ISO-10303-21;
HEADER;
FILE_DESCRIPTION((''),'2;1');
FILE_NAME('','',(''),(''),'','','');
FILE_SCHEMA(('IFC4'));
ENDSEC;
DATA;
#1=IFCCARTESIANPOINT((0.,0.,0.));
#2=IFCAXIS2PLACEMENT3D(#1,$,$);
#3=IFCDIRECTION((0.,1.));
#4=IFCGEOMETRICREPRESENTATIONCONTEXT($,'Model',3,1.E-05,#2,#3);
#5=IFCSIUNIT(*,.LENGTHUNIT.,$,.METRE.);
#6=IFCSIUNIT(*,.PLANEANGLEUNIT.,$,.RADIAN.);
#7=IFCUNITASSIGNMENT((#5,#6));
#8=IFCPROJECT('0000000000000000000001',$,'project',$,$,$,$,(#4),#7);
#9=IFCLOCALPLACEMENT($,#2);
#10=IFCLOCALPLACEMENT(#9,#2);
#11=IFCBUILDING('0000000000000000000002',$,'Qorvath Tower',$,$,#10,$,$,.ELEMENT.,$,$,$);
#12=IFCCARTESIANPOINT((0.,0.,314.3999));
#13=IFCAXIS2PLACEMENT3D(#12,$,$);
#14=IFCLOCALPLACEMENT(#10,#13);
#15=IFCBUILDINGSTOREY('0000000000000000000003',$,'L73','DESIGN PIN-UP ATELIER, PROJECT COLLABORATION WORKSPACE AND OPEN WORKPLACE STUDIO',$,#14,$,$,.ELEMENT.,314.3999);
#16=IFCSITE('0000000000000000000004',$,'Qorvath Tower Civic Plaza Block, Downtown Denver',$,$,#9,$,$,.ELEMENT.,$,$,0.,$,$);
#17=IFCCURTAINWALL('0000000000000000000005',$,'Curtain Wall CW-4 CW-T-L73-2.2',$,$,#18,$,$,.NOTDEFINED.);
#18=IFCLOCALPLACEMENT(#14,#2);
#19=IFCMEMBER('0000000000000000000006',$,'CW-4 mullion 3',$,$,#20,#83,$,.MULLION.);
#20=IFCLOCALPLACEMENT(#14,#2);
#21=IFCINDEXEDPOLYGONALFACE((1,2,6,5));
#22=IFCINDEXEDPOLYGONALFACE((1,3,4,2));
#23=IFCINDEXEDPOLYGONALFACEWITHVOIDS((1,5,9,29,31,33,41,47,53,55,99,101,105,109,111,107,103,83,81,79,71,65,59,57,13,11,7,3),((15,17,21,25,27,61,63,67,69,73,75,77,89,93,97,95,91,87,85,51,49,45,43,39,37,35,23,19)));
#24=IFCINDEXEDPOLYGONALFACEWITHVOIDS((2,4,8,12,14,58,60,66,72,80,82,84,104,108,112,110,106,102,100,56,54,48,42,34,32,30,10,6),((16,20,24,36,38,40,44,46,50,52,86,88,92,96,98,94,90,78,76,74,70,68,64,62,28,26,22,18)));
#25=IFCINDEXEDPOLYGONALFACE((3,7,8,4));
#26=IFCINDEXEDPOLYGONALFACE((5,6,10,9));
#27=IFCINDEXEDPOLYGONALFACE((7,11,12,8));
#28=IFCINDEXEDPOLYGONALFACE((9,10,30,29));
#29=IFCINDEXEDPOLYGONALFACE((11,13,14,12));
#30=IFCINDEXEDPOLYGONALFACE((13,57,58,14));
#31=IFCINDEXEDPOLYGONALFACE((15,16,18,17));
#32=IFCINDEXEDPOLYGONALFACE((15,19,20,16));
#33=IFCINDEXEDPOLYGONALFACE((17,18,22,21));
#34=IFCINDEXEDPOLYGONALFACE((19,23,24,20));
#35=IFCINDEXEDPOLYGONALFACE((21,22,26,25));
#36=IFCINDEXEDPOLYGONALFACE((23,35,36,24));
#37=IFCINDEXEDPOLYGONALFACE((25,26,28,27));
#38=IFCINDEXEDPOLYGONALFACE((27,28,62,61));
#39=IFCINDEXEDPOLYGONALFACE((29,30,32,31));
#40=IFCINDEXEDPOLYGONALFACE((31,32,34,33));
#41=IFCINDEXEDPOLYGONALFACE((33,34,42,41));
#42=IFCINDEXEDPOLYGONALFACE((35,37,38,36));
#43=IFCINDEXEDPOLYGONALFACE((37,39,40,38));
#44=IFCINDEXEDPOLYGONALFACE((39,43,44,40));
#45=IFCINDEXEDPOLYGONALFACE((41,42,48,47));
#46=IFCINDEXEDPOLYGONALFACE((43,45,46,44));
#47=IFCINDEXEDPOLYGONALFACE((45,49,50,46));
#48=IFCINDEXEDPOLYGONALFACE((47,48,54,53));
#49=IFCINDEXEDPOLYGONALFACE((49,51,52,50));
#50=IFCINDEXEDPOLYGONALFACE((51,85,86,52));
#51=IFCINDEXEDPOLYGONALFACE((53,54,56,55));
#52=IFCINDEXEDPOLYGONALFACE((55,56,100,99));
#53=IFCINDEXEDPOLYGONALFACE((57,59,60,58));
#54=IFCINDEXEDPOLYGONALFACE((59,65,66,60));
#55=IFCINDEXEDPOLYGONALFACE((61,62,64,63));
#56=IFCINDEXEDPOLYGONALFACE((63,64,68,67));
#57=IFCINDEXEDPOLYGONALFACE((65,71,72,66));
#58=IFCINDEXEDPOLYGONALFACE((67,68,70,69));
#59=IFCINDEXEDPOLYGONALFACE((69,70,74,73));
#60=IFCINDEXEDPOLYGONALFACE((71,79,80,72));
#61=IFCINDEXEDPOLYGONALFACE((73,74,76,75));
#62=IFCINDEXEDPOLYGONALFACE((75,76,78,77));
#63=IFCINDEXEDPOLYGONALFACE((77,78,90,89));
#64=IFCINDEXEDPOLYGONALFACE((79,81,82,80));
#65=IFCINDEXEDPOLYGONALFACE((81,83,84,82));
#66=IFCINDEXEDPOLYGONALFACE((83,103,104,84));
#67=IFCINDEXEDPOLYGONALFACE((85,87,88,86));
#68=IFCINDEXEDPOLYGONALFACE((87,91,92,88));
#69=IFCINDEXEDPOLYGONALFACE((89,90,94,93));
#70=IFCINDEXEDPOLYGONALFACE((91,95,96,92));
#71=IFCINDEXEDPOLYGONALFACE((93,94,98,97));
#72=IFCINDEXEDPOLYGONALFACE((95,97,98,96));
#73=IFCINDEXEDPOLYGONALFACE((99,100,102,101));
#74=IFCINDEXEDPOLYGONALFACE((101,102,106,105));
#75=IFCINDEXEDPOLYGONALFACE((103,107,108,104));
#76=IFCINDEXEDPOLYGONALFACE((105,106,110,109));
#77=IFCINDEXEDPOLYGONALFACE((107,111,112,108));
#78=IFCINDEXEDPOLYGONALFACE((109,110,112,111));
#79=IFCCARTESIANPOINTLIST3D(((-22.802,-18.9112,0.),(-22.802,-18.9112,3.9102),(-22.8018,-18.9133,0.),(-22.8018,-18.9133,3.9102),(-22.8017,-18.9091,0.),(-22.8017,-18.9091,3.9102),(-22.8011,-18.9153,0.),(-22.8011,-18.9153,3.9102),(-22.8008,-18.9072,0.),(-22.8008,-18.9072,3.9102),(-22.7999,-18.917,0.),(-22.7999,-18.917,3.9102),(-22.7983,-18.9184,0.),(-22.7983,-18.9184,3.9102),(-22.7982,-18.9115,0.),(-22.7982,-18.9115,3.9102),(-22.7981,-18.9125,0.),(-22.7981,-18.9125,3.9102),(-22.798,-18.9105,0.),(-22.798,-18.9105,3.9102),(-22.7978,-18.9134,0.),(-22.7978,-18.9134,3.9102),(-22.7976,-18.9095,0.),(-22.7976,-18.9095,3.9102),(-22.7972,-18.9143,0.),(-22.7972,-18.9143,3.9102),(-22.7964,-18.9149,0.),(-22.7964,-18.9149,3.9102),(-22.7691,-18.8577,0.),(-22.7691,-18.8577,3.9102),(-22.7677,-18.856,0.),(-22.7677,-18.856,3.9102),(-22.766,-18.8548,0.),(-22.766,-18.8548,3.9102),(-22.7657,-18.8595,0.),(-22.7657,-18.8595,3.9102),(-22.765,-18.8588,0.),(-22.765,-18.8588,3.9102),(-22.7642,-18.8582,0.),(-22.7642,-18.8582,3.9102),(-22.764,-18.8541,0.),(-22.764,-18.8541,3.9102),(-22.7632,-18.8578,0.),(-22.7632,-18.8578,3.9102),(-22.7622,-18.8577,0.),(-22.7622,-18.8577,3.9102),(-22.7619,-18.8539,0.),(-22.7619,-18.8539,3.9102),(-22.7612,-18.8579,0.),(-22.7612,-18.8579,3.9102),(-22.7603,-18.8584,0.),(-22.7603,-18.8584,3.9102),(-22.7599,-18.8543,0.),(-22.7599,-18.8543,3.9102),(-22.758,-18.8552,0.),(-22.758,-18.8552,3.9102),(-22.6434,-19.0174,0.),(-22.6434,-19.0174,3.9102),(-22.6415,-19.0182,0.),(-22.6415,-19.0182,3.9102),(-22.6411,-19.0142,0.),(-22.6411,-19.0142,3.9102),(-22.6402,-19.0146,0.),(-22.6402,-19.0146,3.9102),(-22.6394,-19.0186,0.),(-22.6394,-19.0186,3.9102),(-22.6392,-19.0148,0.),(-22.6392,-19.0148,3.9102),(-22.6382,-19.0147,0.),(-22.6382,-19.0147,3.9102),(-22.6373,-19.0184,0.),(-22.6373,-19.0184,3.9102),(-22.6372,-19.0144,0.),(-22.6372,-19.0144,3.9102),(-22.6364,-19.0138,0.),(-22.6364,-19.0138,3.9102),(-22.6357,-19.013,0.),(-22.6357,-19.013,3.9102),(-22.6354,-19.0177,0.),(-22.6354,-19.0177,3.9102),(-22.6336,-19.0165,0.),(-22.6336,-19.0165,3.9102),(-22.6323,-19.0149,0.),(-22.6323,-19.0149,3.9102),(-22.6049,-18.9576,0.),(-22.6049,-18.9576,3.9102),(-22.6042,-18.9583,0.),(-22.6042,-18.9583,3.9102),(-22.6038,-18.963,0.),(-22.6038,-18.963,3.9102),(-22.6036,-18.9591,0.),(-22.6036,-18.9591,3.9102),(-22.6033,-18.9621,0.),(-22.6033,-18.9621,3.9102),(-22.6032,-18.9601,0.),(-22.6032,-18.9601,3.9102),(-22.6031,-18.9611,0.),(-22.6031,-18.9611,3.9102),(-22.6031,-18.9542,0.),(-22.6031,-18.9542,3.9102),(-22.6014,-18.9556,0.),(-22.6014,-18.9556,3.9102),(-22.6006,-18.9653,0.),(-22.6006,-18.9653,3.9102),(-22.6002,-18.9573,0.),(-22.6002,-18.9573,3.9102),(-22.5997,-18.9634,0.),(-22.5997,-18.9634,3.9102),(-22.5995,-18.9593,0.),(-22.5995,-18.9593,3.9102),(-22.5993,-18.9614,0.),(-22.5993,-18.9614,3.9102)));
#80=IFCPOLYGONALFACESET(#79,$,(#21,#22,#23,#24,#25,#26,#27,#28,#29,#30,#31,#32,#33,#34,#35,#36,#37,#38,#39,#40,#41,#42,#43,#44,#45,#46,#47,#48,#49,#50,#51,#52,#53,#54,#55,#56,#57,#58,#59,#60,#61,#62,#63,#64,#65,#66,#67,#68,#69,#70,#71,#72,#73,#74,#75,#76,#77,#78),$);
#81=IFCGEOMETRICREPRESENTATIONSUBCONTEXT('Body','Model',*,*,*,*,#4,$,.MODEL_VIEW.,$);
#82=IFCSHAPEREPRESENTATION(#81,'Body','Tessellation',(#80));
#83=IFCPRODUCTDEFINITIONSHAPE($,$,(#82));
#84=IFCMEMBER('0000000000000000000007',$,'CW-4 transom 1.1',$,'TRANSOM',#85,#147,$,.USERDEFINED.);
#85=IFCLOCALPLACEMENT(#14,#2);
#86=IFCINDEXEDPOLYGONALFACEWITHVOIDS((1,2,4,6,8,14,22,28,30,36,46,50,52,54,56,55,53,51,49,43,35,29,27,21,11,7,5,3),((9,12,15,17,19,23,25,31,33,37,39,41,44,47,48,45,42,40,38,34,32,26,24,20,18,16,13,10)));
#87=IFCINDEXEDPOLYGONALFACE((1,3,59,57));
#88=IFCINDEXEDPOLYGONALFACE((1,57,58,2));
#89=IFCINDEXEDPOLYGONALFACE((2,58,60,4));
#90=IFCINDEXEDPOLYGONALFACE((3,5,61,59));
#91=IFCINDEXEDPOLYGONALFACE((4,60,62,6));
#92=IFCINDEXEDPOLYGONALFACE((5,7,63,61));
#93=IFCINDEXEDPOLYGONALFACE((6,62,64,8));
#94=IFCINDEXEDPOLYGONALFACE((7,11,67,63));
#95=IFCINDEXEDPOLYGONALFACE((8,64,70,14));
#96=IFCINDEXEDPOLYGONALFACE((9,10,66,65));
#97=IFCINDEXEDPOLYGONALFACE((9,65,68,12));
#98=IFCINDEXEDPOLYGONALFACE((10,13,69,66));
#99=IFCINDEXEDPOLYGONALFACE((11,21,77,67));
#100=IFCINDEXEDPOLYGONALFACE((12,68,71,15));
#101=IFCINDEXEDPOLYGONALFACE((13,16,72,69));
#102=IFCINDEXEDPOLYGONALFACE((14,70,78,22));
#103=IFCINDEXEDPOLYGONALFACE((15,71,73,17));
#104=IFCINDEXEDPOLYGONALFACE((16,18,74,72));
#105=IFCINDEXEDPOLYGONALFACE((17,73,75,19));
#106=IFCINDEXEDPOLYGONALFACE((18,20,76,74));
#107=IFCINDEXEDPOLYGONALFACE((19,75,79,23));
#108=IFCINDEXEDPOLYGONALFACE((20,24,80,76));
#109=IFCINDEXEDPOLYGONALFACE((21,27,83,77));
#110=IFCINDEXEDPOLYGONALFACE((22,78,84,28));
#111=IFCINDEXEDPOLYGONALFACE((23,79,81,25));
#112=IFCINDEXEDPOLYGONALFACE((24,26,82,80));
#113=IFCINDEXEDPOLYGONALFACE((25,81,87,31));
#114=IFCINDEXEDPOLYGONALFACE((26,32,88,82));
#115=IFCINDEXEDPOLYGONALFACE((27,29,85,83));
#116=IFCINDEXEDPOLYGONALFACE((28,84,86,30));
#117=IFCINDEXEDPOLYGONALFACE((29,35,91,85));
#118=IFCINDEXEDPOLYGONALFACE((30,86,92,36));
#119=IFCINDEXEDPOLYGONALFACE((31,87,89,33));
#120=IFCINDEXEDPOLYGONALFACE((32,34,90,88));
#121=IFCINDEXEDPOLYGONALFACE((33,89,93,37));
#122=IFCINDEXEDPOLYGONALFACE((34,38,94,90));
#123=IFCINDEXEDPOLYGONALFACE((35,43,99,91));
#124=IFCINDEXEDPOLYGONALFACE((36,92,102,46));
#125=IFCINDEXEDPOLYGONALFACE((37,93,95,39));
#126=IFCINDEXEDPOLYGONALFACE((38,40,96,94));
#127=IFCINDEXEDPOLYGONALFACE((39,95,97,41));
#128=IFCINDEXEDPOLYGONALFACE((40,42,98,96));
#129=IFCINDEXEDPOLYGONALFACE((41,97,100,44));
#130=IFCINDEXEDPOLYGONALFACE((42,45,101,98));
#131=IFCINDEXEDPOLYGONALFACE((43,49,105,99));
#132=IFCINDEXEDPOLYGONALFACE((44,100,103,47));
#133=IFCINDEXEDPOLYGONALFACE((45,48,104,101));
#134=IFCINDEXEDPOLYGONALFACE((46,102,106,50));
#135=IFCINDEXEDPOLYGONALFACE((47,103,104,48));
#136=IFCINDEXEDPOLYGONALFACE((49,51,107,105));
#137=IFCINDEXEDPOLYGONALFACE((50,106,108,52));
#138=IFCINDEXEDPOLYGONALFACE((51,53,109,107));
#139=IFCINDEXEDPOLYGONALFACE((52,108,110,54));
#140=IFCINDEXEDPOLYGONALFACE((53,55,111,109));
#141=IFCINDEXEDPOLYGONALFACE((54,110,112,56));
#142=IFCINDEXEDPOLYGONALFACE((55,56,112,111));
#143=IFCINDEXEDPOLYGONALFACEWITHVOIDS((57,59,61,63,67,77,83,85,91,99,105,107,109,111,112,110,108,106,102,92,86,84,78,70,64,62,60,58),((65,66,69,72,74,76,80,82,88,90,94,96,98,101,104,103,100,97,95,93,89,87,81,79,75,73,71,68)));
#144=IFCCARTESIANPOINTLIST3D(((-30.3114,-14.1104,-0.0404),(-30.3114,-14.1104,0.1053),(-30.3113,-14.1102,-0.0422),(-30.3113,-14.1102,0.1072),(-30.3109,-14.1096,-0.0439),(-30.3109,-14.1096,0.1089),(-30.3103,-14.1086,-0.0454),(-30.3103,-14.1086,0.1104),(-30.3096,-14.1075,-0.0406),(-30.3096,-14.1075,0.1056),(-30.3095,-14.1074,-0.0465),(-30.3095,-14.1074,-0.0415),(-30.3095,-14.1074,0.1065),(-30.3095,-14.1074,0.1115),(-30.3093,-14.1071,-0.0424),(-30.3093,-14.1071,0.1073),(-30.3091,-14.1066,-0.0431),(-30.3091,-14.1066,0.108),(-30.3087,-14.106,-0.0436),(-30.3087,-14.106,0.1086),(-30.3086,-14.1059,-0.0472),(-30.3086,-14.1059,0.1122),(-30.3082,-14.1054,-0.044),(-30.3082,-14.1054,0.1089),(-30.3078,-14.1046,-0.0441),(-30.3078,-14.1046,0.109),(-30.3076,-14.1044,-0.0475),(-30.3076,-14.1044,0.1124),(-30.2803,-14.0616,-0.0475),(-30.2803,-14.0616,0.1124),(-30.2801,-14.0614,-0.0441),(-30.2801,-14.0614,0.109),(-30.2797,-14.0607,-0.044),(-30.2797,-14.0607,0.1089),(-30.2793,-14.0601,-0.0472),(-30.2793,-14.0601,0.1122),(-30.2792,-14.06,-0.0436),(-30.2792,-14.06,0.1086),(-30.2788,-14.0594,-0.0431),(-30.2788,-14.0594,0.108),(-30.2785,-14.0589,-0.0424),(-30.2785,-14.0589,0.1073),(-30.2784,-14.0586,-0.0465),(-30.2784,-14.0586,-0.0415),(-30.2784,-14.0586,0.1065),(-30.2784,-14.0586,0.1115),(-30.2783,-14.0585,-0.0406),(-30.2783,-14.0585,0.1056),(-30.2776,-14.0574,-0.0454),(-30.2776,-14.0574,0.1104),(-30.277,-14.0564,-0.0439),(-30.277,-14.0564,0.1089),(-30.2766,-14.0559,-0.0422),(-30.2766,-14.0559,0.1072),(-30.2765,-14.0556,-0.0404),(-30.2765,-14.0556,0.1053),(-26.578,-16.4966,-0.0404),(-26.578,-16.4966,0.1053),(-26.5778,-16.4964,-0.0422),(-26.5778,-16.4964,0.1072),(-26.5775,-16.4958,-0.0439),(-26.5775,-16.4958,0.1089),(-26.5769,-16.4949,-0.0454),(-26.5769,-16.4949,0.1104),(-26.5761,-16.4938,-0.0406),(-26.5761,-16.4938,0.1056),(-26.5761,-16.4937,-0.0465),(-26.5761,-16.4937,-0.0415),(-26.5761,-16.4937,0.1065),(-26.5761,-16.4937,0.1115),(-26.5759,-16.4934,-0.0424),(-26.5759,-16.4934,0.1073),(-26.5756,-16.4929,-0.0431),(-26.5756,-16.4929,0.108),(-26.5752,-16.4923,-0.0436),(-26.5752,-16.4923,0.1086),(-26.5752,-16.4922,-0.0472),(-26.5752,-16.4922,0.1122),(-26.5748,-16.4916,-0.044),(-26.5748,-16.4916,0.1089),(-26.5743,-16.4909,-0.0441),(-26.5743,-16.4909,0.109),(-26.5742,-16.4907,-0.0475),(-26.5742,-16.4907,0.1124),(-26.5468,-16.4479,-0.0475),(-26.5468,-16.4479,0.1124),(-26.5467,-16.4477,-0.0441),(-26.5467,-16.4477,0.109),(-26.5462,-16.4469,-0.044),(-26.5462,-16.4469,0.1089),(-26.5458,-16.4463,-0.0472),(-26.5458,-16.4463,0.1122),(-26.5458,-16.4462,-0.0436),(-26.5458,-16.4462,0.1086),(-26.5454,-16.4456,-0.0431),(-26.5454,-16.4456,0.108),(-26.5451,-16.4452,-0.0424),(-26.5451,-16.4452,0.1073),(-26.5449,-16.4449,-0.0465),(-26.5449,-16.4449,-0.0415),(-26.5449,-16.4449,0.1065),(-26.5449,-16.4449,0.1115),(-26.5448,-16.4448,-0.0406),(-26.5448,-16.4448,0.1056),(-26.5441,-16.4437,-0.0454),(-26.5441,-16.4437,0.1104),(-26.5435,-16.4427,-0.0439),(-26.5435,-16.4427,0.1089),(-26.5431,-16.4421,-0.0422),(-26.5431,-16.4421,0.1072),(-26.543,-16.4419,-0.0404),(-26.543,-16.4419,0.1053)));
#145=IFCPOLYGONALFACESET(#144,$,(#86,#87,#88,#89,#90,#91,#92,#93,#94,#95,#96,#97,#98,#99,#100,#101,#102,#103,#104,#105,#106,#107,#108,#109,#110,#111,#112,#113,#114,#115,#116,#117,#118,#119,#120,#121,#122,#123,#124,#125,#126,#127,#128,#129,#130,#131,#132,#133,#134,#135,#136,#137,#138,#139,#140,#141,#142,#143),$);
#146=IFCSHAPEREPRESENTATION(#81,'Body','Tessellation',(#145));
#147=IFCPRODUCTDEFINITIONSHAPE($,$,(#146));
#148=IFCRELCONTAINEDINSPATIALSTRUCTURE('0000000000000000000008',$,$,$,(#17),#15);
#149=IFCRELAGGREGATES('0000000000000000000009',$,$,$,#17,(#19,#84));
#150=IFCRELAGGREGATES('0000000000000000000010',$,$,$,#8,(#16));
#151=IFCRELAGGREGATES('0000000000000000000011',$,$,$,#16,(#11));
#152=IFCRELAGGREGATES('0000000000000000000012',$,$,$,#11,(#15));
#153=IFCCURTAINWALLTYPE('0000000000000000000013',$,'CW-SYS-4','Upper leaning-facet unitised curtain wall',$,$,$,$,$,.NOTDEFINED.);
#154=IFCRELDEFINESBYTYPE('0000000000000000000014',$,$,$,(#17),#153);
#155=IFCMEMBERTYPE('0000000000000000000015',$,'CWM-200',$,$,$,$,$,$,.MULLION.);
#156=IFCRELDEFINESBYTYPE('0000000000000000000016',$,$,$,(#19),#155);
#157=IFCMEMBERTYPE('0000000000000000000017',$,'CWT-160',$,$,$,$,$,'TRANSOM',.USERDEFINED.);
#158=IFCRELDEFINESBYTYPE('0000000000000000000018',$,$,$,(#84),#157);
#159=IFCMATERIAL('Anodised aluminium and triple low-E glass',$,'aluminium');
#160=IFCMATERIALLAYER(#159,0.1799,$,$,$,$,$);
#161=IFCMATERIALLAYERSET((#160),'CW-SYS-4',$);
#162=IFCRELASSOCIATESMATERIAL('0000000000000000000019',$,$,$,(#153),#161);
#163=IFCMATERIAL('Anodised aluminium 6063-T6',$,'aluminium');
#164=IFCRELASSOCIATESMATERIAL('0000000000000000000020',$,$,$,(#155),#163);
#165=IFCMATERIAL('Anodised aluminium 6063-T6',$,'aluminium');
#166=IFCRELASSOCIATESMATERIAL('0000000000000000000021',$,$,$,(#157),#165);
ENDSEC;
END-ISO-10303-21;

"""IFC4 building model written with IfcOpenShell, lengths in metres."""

from ifc_helpers import new_model, si_unit, direction, frame, origin, origin_2d, place, context, subcontext, project, spatial, hollow_rectangle, extrude, material, layer, layer_set, material_profile, profile_set, type_object, element, aggregate, save


model = new_model("IFC4")

# Units and contexts
model_context = context("Model", 3, precision=1e-05, world=origin(), true_north=direction((0.0, 1.0)))
body_context = subcontext(model_context, "Body", "Model", "MODEL_VIEW")
ifc_project = project(units=[si_unit("LENGTHUNIT", "METRE"), si_unit("PLANEANGLEUNIT", "RADIAN")], contexts=[model_context])

# Site, building, storey
site_placement = place(None, origin())
site = spatial("IfcSite", under=ifc_project, at=site_placement, Name="Qorvath Tower Civic Plaza Block, Downtown Denver", CompositionType="ELEMENT", RefElevation=0.0)
building_placement = place(site_placement, origin())
building = spatial("IfcBuilding", under=site, at=building_placement, Name="Qorvath Tower", CompositionType="ELEMENT")
storey_placement = place(building_placement, frame((0.0, 0.0, 314.3999)))
storey = spatial("IfcBuildingStorey", under=building, at=storey_placement, Name="L73", Description="DESIGN PIN-UP ATELIER, PROJECT COLLABORATION WORKSPACE AND OPEN WORKPLACE STUDIO", CompositionType="ELEMENT", Elevation=314.3999)

# Curtain wall, members
ifc_material_1 = material(Name="Anodised aluminium and triple low-E glass", Category="aluminium")
ifc_layer_1 = layer(ifc_material_1, 0.1799)
ifc_layer_set_1 = layer_set([ifc_layer_1], Name="CW-SYS-4")
curtain_wall_type = type_object("IfcCurtainWallType", Name="CW-SYS-4", Description="Upper leaning-facet unitised curtain wall", PredefinedType="NOTDEFINED", material=ifc_layer_set_1)
curtain_wall_placement = place(storey_placement, origin())
curtain_wall = element("IfcCurtainWall", 1, at=curtain_wall_placement, inside=storey, type_object=curtain_wall_type, Name="Curtain Wall CW-4 CW-T-L73-2.2", PredefinedType="NOTDEFINED")
ifc_material_2 = material(Name="Anodised aluminium 6063-T6", Category="aluminium")
ifc_material_profile_1 = material_profile(ifc_material_2, hollow_rectangle(XDim=0.075, YDim=0.2, WallThickness=0.0039, InnerFilletRadius=0.0039, OuterFilletRadius=0.0081, at=origin_2d()), Name="CWM 200x75")
ifc_profile_set_1 = profile_set([ifc_material_profile_1], Name="Anodised aluminium 6063-T6")
member_type_1 = type_object("IfcMemberType", Name="CWM-200", PredefinedType="MULLION", material=ifc_profile_set_1)
member_1_placement = place(storey_placement, frame((-22.7007, -18.9363, 0.0), z_axis=(0.0, 0.0, 1.0), x_axis=(0.538536, 0.842602, 0.0)))
member_1 = element("IfcMember", 2, at=member_1_placement, type_object=member_type_1, Name="CW-4 mullion 3", PredefinedType="MULLION", context=body_context, shape_type="SweptSolid", body=[
    extrude(hollow_rectangle(XDim=0.075, YDim=0.2, WallThickness=0.0039, InnerFilletRadius=0.0039, OuterFilletRadius=0.0081, at=origin_2d()), origin(), (0.0, 0.0, 1.0), 3.9102),
])
ifc_material_3 = material(Name="Anodised aluminium 6063-T6", Category="aluminium")
ifc_material_profile_2 = material_profile(ifc_material_3, hollow_rectangle(XDim=0.0649, YDim=0.1599, WallThickness=0.0034, InnerFilletRadius=0.0034, OuterFilletRadius=0.0071, at=origin_2d()), Name="CWT 160x65")
ifc_profile_set_2 = profile_set([ifc_material_profile_2], Name="Anodised aluminium 6063-T6")
member_type_2 = type_object("IfcMemberType", Name="CWT-160", ElementType="TRANSOM", PredefinedType="USERDEFINED", material=ifc_profile_set_2)
member_2_placement = place(storey_placement, frame((-30.2939, -14.083, 0.0325), z_axis=(0.842593, -0.53855, 0.0), x_axis=(0.53855, 0.842593, 0.0)))
member_2 = element("IfcMember", 3, at=member_2_placement, type_object=member_type_2, Name="CW-4 transom 1.1", ObjectType="TRANSOM", PredefinedType="USERDEFINED", context=body_context, shape_type="SweptSolid", body=[
    extrude(hollow_rectangle(XDim=0.0649, YDim=0.1599, WallThickness=0.0034, InnerFilletRadius=0.0034, OuterFilletRadius=0.0071, at=origin_2d()), origin(), (0.0, 0.0, 1.0), 4.4309),
])
aggregate(curtain_wall, [member_1, member_2])

save(model, "model.ifc")
